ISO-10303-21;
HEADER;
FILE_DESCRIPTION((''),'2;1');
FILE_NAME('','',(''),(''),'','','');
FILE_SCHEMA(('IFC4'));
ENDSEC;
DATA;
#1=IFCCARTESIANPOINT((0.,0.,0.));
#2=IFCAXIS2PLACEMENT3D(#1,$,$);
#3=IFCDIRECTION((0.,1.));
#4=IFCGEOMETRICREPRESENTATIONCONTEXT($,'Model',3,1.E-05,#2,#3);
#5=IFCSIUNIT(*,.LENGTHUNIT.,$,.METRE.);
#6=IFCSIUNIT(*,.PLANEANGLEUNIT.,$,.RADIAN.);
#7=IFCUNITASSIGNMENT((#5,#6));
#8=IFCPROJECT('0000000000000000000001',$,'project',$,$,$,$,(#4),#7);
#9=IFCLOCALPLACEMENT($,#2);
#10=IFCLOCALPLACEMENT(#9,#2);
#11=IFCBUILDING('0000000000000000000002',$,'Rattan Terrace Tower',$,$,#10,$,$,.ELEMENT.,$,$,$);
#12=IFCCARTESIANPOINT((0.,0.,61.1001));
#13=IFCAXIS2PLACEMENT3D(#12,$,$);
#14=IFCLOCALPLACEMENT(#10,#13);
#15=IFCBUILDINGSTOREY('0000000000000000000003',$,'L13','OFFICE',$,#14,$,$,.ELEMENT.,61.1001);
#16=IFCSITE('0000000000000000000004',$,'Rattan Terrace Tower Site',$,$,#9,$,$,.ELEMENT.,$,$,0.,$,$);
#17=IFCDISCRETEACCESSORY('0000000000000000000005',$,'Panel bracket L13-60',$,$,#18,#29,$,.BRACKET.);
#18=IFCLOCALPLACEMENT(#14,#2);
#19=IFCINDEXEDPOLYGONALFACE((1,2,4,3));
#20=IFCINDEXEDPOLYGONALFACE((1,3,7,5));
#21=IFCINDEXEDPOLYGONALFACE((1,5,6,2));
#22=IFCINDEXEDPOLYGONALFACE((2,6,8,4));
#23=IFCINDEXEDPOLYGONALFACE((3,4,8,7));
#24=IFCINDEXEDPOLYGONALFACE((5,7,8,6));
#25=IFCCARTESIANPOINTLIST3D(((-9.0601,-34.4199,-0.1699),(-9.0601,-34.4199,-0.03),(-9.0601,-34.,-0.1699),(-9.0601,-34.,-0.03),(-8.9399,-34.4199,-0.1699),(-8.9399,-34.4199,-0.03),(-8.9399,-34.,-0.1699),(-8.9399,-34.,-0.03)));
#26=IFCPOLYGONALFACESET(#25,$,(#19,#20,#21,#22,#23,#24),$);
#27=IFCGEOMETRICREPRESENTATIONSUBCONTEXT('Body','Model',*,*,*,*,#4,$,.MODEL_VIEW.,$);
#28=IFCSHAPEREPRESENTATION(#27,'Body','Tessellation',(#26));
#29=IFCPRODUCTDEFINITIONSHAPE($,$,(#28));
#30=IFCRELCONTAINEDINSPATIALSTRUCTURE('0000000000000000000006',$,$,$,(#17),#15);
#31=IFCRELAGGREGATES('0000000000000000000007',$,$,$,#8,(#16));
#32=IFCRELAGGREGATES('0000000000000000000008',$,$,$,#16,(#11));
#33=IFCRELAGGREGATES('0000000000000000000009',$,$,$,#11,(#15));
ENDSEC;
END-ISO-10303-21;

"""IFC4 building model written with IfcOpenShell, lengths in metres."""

from ifc_helpers import new_model, si_unit, direction, frame, origin, origin_2d, place, context, subcontext, project, spatial, rectangle, extrude, element, save


model = new_model("IFC4")

# Units and contexts
model_context = context("Model", 3, precision=1e-05, world=origin(), true_north=direction((0.0, 1.0)))
body_context = subcontext(model_context, "Body", "Model", "MODEL_VIEW")
ifc_project = project(units=[si_unit("LENGTHUNIT", "METRE"), si_unit("PLANEANGLEUNIT", "RADIAN")], contexts=[model_context])

# Site, building, storey
site_placement = place(None, origin())
site = spatial("IfcSite", under=ifc_project, at=site_placement, Name="Rattan Terrace Tower Site", CompositionType="ELEMENT", RefElevation=0.0)
building_placement = place(site_placement, origin())
building = spatial("IfcBuilding", under=site, at=building_placement, Name="Rattan Terrace Tower", CompositionType="ELEMENT")
storey_placement = place(building_placement, frame((0.0, 0.0, 61.1001)))
storey = spatial("IfcBuildingStorey", under=building, at=storey_placement, Name="L13", Description="OFFICE", CompositionType="ELEMENT", Elevation=61.1001)

# Discrete accessory
for number, where, z_axis, x_axis, name in (
    (1, (-9.0, -34.21, -0.1699), (0.0, 0.0, 1.0), (1.0, 0.0, 0.0), "Panel bracket L13-60"),
):
    element("IfcDiscreteAccessory", number, at=place(storey_placement, frame(where, z_axis=z_axis, x_axis=x_axis)), inside=storey, Name=name, PredefinedType="BRACKET", context=body_context, shape_type="SweptSolid", body=[
        extrude(rectangle(XDim=0.1201, YDim=0.4199, at=origin_2d()), origin(), (0.0, 0.0, 1.0), 0.1399),
    ])

save(model, "model.ifc")
